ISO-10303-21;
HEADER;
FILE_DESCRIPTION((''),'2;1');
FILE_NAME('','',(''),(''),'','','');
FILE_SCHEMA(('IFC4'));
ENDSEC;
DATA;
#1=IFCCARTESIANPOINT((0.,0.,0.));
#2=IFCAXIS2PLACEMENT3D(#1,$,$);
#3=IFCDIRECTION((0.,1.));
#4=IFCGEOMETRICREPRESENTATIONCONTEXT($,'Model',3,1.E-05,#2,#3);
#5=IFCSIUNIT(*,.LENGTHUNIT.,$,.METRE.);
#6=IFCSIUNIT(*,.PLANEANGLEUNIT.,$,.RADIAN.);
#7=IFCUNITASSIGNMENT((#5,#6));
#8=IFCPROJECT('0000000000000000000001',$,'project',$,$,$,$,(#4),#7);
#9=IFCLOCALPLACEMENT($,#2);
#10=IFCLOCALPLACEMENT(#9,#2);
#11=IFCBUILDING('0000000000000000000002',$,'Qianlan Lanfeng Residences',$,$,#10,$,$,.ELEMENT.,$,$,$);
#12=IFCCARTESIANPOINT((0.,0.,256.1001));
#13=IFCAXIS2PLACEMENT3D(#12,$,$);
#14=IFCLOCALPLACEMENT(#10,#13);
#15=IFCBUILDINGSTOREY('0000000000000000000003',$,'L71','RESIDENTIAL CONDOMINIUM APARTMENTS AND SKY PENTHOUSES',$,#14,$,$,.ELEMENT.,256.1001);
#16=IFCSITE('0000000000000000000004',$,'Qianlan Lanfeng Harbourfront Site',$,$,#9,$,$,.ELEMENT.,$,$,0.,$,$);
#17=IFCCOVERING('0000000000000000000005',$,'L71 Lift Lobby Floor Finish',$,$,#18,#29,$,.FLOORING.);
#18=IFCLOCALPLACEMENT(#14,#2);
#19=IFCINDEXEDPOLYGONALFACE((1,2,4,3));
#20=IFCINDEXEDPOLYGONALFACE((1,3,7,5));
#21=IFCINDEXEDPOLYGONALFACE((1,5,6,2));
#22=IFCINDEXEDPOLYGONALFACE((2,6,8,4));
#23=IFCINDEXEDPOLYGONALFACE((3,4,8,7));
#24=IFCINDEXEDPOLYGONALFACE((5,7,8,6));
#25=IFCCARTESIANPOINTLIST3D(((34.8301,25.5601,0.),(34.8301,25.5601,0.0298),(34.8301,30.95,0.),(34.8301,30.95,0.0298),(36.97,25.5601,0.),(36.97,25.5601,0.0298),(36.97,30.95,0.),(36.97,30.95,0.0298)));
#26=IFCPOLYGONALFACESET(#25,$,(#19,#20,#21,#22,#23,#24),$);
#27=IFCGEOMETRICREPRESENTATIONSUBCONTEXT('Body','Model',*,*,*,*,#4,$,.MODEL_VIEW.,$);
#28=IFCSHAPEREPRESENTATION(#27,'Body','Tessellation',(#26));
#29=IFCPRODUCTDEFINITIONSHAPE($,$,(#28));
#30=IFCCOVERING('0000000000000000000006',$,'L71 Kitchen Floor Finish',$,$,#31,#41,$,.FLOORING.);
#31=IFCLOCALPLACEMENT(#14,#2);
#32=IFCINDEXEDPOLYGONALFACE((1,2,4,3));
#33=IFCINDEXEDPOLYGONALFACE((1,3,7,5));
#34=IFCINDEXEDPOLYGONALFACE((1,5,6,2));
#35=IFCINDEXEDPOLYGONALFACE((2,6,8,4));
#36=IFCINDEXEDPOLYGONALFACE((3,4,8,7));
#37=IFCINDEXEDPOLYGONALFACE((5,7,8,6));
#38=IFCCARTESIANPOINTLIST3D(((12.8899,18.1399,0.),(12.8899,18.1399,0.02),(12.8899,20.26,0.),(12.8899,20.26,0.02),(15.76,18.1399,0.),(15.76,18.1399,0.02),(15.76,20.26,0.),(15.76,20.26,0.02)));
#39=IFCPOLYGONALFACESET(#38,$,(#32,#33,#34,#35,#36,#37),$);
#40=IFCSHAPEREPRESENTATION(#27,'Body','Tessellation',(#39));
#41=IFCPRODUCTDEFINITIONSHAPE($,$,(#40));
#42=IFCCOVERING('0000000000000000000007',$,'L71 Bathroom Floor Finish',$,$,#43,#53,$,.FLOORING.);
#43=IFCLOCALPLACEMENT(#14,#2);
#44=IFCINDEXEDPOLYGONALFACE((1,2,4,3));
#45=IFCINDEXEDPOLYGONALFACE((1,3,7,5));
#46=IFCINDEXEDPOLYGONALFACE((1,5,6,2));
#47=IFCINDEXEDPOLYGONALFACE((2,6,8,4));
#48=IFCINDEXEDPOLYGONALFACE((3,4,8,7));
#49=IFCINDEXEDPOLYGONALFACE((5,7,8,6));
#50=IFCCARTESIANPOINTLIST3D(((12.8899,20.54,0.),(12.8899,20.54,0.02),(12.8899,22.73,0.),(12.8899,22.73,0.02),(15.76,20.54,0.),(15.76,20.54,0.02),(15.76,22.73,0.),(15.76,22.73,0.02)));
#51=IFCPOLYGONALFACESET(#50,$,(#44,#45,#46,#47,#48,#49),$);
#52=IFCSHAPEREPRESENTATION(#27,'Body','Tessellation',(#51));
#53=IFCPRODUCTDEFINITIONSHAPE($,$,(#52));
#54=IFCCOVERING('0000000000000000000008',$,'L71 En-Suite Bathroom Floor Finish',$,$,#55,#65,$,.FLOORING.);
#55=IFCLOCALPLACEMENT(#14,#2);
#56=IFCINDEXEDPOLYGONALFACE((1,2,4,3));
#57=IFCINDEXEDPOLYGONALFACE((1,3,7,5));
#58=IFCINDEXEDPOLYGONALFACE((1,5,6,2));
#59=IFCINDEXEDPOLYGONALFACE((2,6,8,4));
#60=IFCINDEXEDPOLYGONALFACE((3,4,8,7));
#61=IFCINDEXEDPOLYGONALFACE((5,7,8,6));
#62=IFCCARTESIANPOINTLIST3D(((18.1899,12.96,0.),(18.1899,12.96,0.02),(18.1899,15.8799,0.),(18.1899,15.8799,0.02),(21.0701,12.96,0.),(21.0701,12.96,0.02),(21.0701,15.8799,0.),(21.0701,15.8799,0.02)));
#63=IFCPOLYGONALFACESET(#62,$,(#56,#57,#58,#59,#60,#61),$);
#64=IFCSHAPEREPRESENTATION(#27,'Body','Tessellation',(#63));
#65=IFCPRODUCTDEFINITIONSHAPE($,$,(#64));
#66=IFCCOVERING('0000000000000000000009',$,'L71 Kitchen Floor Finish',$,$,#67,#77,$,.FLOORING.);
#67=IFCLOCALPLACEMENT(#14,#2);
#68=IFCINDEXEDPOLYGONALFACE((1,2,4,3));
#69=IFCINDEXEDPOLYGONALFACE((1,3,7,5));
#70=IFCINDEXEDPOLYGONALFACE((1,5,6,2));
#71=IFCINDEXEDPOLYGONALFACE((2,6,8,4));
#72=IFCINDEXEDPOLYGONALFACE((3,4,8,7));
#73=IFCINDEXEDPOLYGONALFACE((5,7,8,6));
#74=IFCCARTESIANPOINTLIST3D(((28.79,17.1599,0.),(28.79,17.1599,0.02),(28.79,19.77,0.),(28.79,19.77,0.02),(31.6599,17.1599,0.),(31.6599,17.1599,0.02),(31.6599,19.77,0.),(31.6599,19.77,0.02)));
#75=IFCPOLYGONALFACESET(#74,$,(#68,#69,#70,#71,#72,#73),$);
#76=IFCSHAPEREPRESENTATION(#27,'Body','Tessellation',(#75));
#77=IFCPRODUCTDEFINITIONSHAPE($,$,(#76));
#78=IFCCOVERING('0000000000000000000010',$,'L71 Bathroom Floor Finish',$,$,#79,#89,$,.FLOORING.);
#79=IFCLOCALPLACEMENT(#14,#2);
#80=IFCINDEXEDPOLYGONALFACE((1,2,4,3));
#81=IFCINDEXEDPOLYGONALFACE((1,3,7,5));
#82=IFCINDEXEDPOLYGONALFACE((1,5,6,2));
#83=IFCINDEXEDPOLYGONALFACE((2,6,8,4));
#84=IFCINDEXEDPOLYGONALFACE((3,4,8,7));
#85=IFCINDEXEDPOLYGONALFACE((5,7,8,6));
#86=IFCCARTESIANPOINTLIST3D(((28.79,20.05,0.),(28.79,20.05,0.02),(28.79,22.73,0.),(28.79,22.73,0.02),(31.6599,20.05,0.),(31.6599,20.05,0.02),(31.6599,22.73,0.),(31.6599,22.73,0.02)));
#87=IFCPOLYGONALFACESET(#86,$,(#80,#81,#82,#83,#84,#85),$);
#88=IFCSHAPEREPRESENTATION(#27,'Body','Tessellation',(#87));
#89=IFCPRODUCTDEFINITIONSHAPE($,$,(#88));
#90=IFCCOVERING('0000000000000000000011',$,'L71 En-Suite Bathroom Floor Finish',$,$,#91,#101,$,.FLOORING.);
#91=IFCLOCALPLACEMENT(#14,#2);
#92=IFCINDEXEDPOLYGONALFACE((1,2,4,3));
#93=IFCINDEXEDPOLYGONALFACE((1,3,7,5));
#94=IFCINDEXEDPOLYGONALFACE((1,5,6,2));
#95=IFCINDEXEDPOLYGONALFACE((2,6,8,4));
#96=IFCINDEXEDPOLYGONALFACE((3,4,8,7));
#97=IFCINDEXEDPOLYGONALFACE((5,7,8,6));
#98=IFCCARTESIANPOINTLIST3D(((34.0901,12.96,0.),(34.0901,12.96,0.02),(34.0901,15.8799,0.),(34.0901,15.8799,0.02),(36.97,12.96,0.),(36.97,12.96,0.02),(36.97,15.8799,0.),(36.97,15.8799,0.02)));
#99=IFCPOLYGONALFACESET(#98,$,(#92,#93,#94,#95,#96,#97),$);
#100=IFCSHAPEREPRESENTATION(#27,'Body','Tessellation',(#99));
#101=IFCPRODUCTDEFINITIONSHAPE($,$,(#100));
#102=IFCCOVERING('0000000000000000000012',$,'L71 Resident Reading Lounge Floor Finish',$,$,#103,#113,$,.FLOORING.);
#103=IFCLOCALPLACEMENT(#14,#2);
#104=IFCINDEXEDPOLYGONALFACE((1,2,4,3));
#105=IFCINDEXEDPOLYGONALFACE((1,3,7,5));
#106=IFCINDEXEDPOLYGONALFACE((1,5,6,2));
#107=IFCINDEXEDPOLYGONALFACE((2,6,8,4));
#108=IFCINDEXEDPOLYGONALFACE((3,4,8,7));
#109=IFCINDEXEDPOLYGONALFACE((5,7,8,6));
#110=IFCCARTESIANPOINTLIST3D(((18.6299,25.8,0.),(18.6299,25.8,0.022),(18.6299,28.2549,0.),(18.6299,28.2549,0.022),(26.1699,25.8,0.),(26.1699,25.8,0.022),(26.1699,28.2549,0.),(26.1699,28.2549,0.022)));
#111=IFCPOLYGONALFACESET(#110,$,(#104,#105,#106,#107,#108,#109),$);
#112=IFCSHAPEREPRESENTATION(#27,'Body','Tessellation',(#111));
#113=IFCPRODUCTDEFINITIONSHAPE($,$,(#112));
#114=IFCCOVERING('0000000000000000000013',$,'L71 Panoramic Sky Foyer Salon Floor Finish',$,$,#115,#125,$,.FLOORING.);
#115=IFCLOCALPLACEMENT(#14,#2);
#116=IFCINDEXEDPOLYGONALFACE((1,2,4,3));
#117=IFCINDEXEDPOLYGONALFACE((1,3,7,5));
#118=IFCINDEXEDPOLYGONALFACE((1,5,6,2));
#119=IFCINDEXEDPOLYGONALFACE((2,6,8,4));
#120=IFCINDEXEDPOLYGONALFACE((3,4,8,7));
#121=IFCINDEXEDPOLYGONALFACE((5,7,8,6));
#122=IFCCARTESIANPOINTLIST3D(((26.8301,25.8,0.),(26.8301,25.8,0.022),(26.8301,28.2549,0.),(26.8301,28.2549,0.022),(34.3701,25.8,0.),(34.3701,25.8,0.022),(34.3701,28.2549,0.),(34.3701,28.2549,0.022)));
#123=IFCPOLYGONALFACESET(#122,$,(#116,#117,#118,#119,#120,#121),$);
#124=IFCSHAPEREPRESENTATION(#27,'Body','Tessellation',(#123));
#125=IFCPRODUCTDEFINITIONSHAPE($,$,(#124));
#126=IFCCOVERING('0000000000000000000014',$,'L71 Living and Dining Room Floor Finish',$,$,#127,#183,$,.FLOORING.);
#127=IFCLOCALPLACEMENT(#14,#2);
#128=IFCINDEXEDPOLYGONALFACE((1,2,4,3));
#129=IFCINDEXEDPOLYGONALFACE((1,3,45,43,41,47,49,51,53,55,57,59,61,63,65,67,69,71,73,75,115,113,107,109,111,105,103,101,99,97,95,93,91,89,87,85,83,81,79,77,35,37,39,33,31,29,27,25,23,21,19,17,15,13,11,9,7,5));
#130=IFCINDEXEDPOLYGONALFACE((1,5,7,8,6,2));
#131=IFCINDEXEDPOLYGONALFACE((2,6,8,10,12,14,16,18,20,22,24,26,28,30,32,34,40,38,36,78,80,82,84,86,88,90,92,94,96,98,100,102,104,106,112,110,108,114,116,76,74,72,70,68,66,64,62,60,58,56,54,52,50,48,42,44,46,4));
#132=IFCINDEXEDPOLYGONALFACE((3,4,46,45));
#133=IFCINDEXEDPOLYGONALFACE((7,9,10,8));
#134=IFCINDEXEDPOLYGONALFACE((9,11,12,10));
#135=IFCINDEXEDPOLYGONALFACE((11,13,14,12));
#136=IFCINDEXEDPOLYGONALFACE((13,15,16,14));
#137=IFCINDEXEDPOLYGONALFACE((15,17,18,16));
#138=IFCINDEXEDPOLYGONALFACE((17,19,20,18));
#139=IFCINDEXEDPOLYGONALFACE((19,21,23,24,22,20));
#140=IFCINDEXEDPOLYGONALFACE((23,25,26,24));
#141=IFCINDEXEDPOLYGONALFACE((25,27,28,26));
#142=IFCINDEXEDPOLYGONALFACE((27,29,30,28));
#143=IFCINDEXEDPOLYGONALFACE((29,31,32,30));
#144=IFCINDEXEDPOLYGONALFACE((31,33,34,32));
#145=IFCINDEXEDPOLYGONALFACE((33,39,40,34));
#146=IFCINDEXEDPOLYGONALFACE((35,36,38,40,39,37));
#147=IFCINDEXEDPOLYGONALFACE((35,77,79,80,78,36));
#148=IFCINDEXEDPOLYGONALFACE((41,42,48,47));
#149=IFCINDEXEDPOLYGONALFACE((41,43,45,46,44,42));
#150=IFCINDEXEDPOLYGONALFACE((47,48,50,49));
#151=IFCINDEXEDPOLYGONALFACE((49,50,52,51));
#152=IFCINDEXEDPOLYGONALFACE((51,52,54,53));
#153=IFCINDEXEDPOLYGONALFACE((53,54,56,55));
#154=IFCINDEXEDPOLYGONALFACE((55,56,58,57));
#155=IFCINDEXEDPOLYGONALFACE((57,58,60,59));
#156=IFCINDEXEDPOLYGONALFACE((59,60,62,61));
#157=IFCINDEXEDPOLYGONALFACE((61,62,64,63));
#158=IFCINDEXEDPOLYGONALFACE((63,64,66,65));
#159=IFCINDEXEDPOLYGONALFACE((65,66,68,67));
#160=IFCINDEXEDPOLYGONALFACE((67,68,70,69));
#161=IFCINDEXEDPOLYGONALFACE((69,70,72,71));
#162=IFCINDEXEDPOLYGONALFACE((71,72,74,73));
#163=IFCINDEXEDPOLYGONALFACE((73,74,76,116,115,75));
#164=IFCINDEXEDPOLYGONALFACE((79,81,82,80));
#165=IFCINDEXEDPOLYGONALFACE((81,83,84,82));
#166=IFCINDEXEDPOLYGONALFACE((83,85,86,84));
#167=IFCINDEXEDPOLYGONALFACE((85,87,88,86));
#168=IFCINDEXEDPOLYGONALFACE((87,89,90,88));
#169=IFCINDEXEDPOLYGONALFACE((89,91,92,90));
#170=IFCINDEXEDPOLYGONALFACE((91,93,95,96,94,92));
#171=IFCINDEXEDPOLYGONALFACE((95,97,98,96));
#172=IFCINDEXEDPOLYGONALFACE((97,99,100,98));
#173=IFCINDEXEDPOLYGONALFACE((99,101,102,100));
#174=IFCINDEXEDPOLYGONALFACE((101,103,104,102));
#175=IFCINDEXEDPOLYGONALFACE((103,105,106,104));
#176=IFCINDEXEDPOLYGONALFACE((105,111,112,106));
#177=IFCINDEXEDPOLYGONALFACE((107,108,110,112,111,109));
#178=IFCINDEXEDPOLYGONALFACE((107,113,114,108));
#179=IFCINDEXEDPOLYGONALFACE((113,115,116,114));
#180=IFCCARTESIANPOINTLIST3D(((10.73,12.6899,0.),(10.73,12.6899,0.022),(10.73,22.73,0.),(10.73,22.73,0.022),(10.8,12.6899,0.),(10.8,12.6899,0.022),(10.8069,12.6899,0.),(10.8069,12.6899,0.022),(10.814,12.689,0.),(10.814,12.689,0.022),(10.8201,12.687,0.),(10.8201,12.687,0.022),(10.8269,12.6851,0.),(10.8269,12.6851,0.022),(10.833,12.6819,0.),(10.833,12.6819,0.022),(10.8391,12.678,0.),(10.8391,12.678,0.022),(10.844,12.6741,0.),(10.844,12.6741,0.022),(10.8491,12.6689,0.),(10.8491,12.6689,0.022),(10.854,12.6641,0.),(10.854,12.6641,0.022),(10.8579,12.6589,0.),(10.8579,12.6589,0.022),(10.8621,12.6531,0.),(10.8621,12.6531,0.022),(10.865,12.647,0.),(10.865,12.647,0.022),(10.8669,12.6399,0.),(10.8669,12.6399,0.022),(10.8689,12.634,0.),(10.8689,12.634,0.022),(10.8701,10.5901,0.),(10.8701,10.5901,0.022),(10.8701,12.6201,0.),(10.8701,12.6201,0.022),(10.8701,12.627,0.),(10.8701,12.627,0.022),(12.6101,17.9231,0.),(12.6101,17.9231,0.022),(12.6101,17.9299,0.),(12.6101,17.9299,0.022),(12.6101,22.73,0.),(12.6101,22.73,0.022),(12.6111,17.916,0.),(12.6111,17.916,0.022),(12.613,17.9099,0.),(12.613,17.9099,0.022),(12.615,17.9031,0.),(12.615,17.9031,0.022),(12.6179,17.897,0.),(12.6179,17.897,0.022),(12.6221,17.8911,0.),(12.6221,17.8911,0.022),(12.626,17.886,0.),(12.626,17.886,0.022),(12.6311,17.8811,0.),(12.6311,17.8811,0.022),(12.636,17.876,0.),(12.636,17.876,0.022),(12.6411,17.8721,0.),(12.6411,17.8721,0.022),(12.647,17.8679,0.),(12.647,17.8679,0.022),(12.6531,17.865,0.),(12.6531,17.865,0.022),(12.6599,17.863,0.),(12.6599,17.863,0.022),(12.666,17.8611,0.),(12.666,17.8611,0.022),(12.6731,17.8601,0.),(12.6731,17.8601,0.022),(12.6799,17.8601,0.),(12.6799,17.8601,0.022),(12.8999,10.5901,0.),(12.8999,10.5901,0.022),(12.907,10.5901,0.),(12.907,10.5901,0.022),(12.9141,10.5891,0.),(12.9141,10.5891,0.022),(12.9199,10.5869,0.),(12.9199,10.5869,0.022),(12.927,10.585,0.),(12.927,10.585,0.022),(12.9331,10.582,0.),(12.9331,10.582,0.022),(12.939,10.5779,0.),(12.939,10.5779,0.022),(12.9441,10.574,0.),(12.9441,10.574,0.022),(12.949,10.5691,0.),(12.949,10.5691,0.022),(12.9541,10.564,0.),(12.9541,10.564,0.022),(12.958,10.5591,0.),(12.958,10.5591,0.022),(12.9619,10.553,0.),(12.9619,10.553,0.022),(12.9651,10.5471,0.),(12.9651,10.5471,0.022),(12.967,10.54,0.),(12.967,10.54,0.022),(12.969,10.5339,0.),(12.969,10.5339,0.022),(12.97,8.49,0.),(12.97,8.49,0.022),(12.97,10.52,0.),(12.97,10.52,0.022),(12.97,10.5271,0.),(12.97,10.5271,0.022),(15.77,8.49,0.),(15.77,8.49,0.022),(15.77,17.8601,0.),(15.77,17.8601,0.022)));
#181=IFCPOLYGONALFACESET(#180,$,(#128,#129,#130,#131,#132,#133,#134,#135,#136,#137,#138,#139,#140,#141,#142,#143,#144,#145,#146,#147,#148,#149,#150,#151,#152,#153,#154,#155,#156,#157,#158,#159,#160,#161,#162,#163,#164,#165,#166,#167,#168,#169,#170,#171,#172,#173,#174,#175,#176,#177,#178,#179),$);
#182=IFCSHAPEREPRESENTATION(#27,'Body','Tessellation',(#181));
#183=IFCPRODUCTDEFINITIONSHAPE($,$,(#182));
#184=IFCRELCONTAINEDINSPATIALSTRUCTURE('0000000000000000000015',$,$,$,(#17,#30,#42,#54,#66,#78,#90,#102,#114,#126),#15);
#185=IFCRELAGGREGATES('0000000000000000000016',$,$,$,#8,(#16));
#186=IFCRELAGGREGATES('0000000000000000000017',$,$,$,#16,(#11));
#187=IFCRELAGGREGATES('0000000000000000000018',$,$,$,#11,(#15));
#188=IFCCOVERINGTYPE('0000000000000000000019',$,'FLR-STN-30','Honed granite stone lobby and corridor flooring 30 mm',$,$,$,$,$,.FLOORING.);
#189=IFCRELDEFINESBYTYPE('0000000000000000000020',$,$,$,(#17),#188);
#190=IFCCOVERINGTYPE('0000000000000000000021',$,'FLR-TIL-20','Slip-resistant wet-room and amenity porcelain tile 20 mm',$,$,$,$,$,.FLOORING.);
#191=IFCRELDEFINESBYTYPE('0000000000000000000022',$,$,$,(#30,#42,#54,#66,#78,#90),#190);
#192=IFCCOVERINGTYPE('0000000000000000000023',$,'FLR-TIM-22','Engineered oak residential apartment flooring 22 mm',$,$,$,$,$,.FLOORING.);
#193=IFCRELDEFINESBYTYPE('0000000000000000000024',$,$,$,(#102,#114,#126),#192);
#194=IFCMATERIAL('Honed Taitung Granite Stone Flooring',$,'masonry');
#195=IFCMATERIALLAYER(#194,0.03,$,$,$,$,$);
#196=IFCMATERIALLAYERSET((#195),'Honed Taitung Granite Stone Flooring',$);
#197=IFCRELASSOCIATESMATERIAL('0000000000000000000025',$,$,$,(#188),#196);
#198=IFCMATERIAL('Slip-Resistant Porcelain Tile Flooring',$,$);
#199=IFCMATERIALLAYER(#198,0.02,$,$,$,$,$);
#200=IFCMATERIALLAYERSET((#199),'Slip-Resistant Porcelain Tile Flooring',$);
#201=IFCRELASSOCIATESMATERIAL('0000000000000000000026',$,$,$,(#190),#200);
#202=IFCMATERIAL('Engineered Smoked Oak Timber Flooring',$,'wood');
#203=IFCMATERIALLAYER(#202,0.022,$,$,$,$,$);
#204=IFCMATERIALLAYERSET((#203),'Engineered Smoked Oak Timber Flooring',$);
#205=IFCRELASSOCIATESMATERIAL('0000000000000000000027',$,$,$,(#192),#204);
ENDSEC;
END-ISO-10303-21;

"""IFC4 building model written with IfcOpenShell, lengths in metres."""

from ifc_helpers import new_model, si_unit, direction, frame, origin, place, context, subcontext, project, spatial, polyline, outline, extrude, material, layer, layer_set, type_object, element, save


model = new_model("IFC4")

# Units and contexts
model_context = context("Model", 3, precision=1e-05, world=origin(), true_north=direction((0.0, 1.0)))
body_context = subcontext(model_context, "Body", "Model", "MODEL_VIEW")
ifc_project = project(units=[si_unit("LENGTHUNIT", "METRE"), si_unit("PLANEANGLEUNIT", "RADIAN")], contexts=[model_context])

# Site, building, storey
site_placement = place(None, origin())
site = spatial("IfcSite", under=ifc_project, at=site_placement, Name="Qianlan Lanfeng Harbourfront Site", CompositionType="ELEMENT", RefElevation=0.0)
building_placement = place(site_placement, origin())
building = spatial("IfcBuilding", under=site, at=building_placement, Name="Qianlan Lanfeng Residences", CompositionType="ELEMENT")
storey_placement = place(building_placement, frame((0.0, 0.0, 256.1001)))
storey = spatial("IfcBuildingStorey", under=building, at=storey_placement, Name="L71", Description="RESIDENTIAL CONDOMINIUM APARTMENTS AND SKY PENTHOUSES", CompositionType="ELEMENT", Elevation=256.1001)

# Coverings
ifc_material_1 = material(Name="Honed Taitung Granite Stone Flooring", Category="masonry")
ifc_layer_1 = layer(ifc_material_1, 0.03)
ifc_layer_set_1 = layer_set([ifc_layer_1], Name="Honed Taitung Granite Stone Flooring")
covering_type_1 = type_object("IfcCoveringType", Name="FLR-STN-30", Description="Honed granite stone lobby and corridor flooring 30 mm", PredefinedType="FLOORING", material=ifc_layer_set_1)
covering_1_placement = place(storey_placement, origin())
element("IfcCovering", 1, at=covering_1_placement, inside=storey, type_object=covering_type_1, Name="L71 Lift Lobby Floor Finish", PredefinedType="FLOORING", context=body_context, shape_type="SweptSolid", body=[
    extrude(outline(polyline([(34.8301, 25.5601), (36.97, 25.5601), (36.97, 30.95), (34.8301, 30.95), (34.8301, 25.5601)])), origin(), (0.0, 0.0, 1.0), 0.0298),
])
ifc_material_2 = material(Name="Slip-Resistant Porcelain Tile Flooring")
ifc_layer_2 = layer(ifc_material_2, 0.02)
ifc_layer_set_2 = layer_set([ifc_layer_2], Name="Slip-Resistant Porcelain Tile Flooring")
covering_type_2 = type_object("IfcCoveringType", Name="FLR-TIL-20", Description="Slip-resistant wet-room and amenity porcelain tile 20 mm", PredefinedType="FLOORING", material=ifc_layer_set_2)
covering_2_placement = place(storey_placement, origin())
element("IfcCovering", 2, at=covering_2_placement, inside=storey, type_object=covering_type_2, Name="L71 Kitchen Floor Finish", PredefinedType="FLOORING", context=body_context, shape_type="SweptSolid", body=[
    extrude(outline(polyline([(12.8899, 18.1399), (15.76, 18.1399), (15.76, 20.26), (12.8899, 20.26), (12.8899, 18.1399)])), origin(), (0.0, 0.0, 1.0), 0.02),
])
covering_3_placement = place(storey_placement, origin())
element("IfcCovering", 3, at=covering_3_placement, inside=storey, type_object=covering_type_2, Name="L71 Bathroom Floor Finish", PredefinedType="FLOORING", context=body_context, shape_type="SweptSolid", body=[
    extrude(outline(polyline([(12.8899, 20.54), (15.76, 20.54), (15.76, 22.73), (12.8899, 22.73), (12.8899, 20.54)])), origin(), (0.0, 0.0, 1.0), 0.02),
])
covering_4_placement = place(storey_placement, origin())
element("IfcCovering", 4, at=covering_4_placement, inside=storey, type_object=covering_type_2, Name="L71 En-Suite Bathroom Floor Finish", PredefinedType="FLOORING", context=body_context, shape_type="SweptSolid", body=[
    extrude(outline(polyline([(18.1899, 12.96), (21.0701, 12.96), (21.0701, 15.8799), (18.1899, 15.8799), (18.1899, 12.96)])), origin(), (0.0, 0.0, 1.0), 0.02),
])
covering_5_placement = place(storey_placement, origin())
element("IfcCovering", 5, at=covering_5_placement, inside=storey, type_object=covering_type_2, Name="L71 Kitchen Floor Finish", PredefinedType="FLOORING", context=body_context, shape_type="SweptSolid", body=[
    extrude(outline(polyline([(28.79, 17.1599), (31.6599, 17.1599), (31.6599, 19.77), (28.79, 19.77), (28.79, 17.1599)])), origin(), (0.0, 0.0, 1.0), 0.02),
])
covering_6_placement = place(storey_placement, origin())
element("IfcCovering", 6, at=covering_6_placement, inside=storey, type_object=covering_type_2, Name="L71 Bathroom Floor Finish", PredefinedType="FLOORING", context=body_context, shape_type="SweptSolid", body=[
    extrude(outline(polyline([(28.79, 20.05), (31.6599, 20.05), (31.6599, 22.73), (28.79, 22.73), (28.79, 20.05)])), origin(), (0.0, 0.0, 1.0), 0.02),
])
covering_7_placement = place(storey_placement, origin())
element("IfcCovering", 7, at=covering_7_placement, inside=storey, type_object=covering_type_2, Name="L71 En-Suite Bathroom Floor Finish", PredefinedType="FLOORING", context=body_context, shape_type="SweptSolid", body=[
    extrude(outline(polyline([(34.0901, 12.96), (36.97, 12.96), (36.97, 15.8799), (34.0901, 15.8799), (34.0901, 12.96)])), origin(), (0.0, 0.0, 1.0), 0.02),
])
ifc_material_3 = material(Name="Engineered Smoked Oak Timber Flooring", Category="wood")
ifc_layer_3 = layer(ifc_material_3, 0.022)
ifc_layer_set_3 = layer_set([ifc_layer_3], Name="Engineered Smoked Oak Timber Flooring")
covering_type_3 = type_object("IfcCoveringType", Name="FLR-TIM-22", Description="Engineered oak residential apartment flooring 22 mm", PredefinedType="FLOORING", material=ifc_layer_set_3)
covering_8_placement = place(storey_placement, origin())
element("IfcCovering", 8, at=covering_8_placement, inside=storey, type_object=covering_type_3, Name="L71 Resident Reading Lounge Floor Finish", PredefinedType="FLOORING", context=body_context, shape_type="SweptSolid", body=[
    extrude(outline(polyline([(18.6299, 25.8), (26.1699, 25.8), (26.1699, 28.2549), (18.6299, 28.2549), (18.6299, 25.8)])), origin(), (0.0, 0.0, 1.0), 0.022),
])
covering_9_placement = place(storey_placement, origin())
element("IfcCovering", 9, at=covering_9_placement, inside=storey, type_object=covering_type_3, Name="L71 Panoramic Sky Foyer Salon Floor Finish", PredefinedType="FLOORING", context=body_context, shape_type="SweptSolid", body=[
    extrude(outline(polyline([(26.8301, 25.8), (34.3701, 25.8), (34.3701, 28.2549), (26.8301, 28.2549), (26.8301, 25.8)])), origin(), (0.0, 0.0, 1.0), 0.022),
])
covering_10_placement = place(storey_placement, origin())
element("IfcCovering", 10, at=covering_10_placement, inside=storey, type_object=covering_type_3, Name="L71 Living and Dining Room Floor Finish", PredefinedType="FLOORING", context=body_context, shape_type="SweptSolid", body=[
    extrude(outline(polyline([(15.77, 8.49), (15.77, 17.8601), (12.6799, 17.8601), (12.6731, 17.8601), (12.666, 17.8611), (12.6599, 17.863), (12.6531, 17.865), (12.647, 17.8679), (12.6411, 17.8721), (12.636, 17.876), (12.6311, 17.8811), (12.626, 17.886), (12.6221, 17.8911), (12.6179, 17.897), (12.615, 17.9031), (12.613, 17.9099), (12.6111, 17.916), (12.6101, 17.9231), (12.6101, 17.9299), (12.6101, 22.73), (10.73, 22.73), (10.73, 12.6899), (10.8, 12.6899), (10.8069, 12.6899), (10.814, 12.689), (10.8201, 12.687), (10.8269, 12.6851), (10.833, 12.6819), (10.8391, 12.678), (10.844, 12.6741), (10.8491, 12.6689), (10.854, 12.6641), (10.8579, 12.6589), (10.8621, 12.6531), (10.865, 12.647), (10.8669, 12.6399), (10.8689, 12.634), (10.8701, 12.627), (10.8701, 12.6201), (10.8701, 10.5901), (12.8999, 10.5901), (12.907, 10.5901), (12.9141, 10.5891), (12.9199, 10.5869), (12.927, 10.585), (12.9331, 10.582), (12.939, 10.5779), (12.9441, 10.574), (12.949, 10.5691), (12.9541, 10.564), (12.958, 10.5591), (12.9619, 10.553), (12.9651, 10.5471), (12.967, 10.54), (12.969, 10.5339), (12.97, 10.5271), (12.97, 10.52), (12.97, 8.49), (15.77, 8.49)])), origin(), (0.0, 0.0, 1.0), 0.022),
])

save(model, "model.ifc")
